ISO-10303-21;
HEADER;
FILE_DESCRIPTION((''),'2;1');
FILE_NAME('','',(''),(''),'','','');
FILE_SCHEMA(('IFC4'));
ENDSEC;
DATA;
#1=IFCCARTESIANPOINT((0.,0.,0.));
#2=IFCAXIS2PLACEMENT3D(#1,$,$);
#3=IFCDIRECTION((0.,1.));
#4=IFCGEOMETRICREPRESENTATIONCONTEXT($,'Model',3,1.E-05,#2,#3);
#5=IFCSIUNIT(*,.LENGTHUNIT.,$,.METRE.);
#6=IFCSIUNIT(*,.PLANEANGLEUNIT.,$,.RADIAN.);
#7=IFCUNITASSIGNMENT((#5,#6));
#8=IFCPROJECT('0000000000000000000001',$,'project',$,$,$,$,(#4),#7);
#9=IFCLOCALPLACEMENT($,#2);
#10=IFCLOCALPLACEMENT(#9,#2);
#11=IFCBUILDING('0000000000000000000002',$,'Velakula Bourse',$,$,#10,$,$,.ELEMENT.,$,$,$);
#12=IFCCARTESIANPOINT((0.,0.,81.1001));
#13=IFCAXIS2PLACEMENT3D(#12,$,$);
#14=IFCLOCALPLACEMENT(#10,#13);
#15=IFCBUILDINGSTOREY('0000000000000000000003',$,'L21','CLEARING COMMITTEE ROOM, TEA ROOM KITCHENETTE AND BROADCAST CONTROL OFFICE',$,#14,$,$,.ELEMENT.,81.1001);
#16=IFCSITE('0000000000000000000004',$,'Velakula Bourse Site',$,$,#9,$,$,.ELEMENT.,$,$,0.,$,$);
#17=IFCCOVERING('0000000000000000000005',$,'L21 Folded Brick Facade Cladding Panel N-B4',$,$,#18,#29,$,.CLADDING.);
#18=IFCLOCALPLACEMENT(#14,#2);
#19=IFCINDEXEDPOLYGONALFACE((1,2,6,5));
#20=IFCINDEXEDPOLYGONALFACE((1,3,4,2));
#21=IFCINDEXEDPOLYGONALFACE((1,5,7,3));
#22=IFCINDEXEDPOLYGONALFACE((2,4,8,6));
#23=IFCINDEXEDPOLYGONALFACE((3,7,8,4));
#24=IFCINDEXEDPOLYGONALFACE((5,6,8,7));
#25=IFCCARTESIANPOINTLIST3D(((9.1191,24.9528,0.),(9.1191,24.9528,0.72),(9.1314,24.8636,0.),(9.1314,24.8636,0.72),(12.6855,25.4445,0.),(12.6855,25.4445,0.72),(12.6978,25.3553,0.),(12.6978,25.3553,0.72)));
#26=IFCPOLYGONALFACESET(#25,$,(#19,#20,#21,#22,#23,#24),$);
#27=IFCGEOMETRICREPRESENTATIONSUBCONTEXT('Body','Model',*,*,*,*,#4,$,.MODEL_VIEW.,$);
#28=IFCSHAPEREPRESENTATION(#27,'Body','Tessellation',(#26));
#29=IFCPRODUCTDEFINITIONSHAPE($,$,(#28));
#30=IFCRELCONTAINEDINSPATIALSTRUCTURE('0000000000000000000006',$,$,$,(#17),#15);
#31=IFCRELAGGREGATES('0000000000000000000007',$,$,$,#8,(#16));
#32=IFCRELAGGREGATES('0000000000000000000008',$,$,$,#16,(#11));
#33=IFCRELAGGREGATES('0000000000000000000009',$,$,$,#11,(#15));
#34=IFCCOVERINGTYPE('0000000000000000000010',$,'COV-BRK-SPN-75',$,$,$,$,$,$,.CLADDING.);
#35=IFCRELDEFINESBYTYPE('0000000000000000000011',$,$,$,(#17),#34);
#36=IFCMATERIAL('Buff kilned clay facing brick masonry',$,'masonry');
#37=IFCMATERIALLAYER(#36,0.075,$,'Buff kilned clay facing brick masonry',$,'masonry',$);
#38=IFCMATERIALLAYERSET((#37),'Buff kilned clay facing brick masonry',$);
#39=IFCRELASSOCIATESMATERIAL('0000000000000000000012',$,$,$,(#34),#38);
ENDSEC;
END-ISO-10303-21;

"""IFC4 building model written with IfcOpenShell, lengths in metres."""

from ifc_helpers import new_model, si_unit, direction, frame, origin, origin_2d, place, context, subcontext, project, spatial, rectangle, extrude, material, layer, layer_set, type_object, element, save


model = new_model("IFC4")

# Units and contexts
model_context = context("Model", 3, precision=1e-05, world=origin(), true_north=direction((0.0, 1.0)))
body_context = subcontext(model_context, "Body", "Model", "MODEL_VIEW")
ifc_project = project(units=[si_unit("LENGTHUNIT", "METRE"), si_unit("PLANEANGLEUNIT", "RADIAN")], contexts=[model_context])

# Site, building, storey
site_placement = place(None, origin())
site = spatial("IfcSite", under=ifc_project, at=site_placement, Name="Velakula Bourse Site", CompositionType="ELEMENT", RefElevation=0.0)
building_placement = place(site_placement, origin())
building = spatial("IfcBuilding", under=site, at=building_placement, Name="Velakula Bourse", CompositionType="ELEMENT")
storey_placement = place(building_placement, frame((0.0, 0.0, 81.1001)))
storey = spatial("IfcBuildingStorey", under=building, at=storey_placement, Name="L21", Description="CLEARING COMMITTEE ROOM, TEA ROOM KITCHENETTE AND BROADCAST CONTROL OFFICE", CompositionType="ELEMENT", Elevation=81.1001)

# Covering
ifc_material_1 = material(Name="Buff kilned clay facing brick masonry", Category="masonry")
ifc_layer_1 = layer(ifc_material_1, 0.075, Name="Buff kilned clay facing brick masonry", Category="masonry")
ifc_layer_set_1 = layer_set([ifc_layer_1], Name="Buff kilned clay facing brick masonry")
covering_type = type_object("IfcCoveringType", Name="COV-BRK-SPN-75", PredefinedType="CLADDING", material=ifc_layer_set_1)
covering_placement = place(storey_placement, frame((10.9084, 25.1541, 0.0), z_axis=(0.0, 0.0, 1.0), x_axis=(0.990629, 0.13658, 0.0)))
element("IfcCovering", 1, at=covering_placement, inside=storey, type_object=covering_type, Name="L21 Folded Brick Facade Cladding Panel N-B4", PredefinedType="CLADDING", context=body_context, shape_type="SweptSolid", body=[
    extrude(rectangle(XDim=3.6001, YDim=0.0901, at=origin_2d()), origin(), (0.0, 0.0, 1.0), 0.72),
])

save(model, "model.ifc")
